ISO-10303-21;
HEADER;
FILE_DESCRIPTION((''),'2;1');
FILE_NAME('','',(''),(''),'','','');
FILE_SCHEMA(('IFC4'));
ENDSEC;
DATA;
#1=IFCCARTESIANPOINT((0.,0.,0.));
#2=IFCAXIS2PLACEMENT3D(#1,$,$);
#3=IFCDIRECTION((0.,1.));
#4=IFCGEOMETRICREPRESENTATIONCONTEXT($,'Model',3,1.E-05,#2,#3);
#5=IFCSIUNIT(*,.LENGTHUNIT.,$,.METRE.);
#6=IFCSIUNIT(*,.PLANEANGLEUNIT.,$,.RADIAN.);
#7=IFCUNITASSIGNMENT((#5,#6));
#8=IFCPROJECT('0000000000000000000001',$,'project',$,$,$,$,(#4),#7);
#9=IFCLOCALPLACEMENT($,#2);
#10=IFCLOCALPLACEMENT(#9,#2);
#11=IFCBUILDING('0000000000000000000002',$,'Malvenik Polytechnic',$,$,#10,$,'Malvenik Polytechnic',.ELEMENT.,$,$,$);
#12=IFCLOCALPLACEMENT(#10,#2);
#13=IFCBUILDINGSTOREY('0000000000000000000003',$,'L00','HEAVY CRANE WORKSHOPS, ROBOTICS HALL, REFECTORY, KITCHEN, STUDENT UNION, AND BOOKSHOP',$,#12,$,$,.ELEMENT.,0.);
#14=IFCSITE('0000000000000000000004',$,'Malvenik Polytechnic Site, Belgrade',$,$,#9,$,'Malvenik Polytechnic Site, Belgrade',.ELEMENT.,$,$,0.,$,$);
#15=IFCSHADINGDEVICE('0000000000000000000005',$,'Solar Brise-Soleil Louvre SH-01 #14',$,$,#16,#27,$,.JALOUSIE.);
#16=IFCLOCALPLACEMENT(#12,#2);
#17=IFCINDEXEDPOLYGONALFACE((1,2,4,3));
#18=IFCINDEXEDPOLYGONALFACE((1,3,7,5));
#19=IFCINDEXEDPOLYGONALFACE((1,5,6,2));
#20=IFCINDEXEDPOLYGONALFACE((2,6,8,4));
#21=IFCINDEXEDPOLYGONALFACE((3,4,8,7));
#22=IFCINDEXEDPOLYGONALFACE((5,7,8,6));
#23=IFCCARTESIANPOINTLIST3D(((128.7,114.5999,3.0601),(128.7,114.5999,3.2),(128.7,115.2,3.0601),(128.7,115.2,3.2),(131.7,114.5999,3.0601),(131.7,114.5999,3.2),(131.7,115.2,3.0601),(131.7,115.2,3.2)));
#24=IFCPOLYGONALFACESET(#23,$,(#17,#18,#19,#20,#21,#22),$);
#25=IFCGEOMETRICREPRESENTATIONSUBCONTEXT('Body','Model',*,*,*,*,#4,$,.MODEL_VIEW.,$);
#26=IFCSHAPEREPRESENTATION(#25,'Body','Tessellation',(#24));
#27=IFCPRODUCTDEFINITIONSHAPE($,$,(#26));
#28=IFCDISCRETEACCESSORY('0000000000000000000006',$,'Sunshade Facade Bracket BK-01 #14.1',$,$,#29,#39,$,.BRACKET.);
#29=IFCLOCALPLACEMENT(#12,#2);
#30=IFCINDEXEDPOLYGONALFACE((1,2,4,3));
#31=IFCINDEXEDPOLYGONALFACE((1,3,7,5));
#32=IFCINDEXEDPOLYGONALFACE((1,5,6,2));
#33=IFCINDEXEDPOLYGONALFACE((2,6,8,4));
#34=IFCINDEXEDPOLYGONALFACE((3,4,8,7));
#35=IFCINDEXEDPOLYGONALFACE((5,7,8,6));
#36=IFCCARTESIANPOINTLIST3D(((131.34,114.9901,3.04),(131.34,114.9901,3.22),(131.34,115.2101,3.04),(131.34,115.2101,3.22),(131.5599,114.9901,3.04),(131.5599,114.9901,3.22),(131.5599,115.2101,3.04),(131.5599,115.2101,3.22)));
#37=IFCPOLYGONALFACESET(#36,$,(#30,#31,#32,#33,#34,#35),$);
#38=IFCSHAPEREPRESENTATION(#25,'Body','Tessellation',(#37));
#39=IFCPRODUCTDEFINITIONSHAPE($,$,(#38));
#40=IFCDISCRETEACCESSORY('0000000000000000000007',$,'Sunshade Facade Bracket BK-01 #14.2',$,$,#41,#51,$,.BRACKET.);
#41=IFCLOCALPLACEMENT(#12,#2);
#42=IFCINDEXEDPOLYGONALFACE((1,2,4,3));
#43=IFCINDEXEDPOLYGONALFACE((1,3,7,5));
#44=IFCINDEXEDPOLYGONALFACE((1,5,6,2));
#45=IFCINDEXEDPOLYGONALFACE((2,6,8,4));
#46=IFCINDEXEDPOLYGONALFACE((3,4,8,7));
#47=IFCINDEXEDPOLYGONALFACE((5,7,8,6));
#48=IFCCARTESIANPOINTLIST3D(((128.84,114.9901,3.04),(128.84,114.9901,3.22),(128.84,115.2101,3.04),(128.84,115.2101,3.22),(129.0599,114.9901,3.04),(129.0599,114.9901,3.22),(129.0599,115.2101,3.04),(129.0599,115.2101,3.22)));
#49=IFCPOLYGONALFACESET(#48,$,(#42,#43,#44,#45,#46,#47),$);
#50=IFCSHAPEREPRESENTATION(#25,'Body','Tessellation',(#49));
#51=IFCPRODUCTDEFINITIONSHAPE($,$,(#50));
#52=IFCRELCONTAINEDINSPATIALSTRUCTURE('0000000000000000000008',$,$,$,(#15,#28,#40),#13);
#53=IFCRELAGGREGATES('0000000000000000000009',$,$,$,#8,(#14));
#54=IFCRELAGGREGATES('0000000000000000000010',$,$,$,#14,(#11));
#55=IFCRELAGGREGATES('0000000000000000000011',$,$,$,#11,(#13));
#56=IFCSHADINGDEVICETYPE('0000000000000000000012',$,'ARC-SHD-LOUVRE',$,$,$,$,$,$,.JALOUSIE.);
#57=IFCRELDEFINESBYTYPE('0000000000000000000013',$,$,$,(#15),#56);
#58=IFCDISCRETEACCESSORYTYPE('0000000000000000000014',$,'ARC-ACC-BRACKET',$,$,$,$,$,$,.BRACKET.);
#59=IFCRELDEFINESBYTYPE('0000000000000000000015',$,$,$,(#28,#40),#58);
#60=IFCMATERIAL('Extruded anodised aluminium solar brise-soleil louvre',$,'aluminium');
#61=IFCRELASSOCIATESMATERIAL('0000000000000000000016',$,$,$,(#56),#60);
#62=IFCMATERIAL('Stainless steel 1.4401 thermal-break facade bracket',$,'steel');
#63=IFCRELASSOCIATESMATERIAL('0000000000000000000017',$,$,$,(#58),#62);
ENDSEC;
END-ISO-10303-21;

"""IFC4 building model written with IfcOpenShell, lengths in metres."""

from ifc_helpers import new_model, si_unit, direction, frame, origin, origin_2d, place, context, subcontext, project, spatial, rectangle, extrude, material, type_object, element, save


model = new_model("IFC4")

# Units and contexts
model_context = context("Model", 3, precision=1e-05, world=origin(), true_north=direction((0.0, 1.0)))
body_context = subcontext(model_context, "Body", "Model", "MODEL_VIEW")
ifc_project = project(units=[si_unit("LENGTHUNIT", "METRE"), si_unit("PLANEANGLEUNIT", "RADIAN")], contexts=[model_context])

# Site, building, storey
site_placement = place(None, origin())
site = spatial("IfcSite", under=ifc_project, at=site_placement, Name="Malvenik Polytechnic Site, Belgrade", LongName="Malvenik Polytechnic Site, Belgrade", CompositionType="ELEMENT", RefElevation=0.0)
building_placement = place(site_placement, origin())
building = spatial("IfcBuilding", under=site, at=building_placement, Name="Malvenik Polytechnic", LongName="Malvenik Polytechnic", CompositionType="ELEMENT")
storey_placement = place(building_placement, origin())
storey = spatial("IfcBuildingStorey", under=building, at=storey_placement, Name="L00", Description="HEAVY CRANE WORKSHOPS, ROBOTICS HALL, REFECTORY, KITCHEN, STUDENT UNION, AND BOOKSHOP", CompositionType="ELEMENT", Elevation=0.0)

# Shading device
ifc_material_1 = material(Name="Extruded anodised aluminium solar brise-soleil louvre", Category="aluminium")
shading_device_type = type_object("IfcShadingDeviceType", Name="ARC-SHD-LOUVRE", PredefinedType="JALOUSIE", material=ifc_material_1)
shading_device_placement = place(storey_placement, frame((130.2, 114.8999, 3.0601), z_axis=(0.0, 0.0, 1.0), x_axis=(1.0, 0.0, 0.0)))
element("IfcShadingDevice", 1, at=shading_device_placement, inside=storey, type_object=shading_device_type, Name="Solar Brise-Soleil Louvre SH-01 #14", PredefinedType="JALOUSIE", context=body_context, shape_type="SweptSolid", body=[
    extrude(rectangle(XDim=3.0, YDim=0.6001, at=origin_2d()), origin(), (0.0, 0.0, 1.0), 0.1399),
])

# Discrete accessories
ifc_material_2 = material(Name="Stainless steel 1.4401 thermal-break facade bracket", Category="steel")
discrete_accessory_type = type_object("IfcDiscreteAccessoryType", Name="ARC-ACC-BRACKET", PredefinedType="BRACKET", material=ifc_material_2)
for number, where, z_axis, x_axis, name in (
    (2, (131.45, 115.1001, 3.04), (0.0, 0.0, 1.0), (1.0, 0.0, 0.0), "Sunshade Facade Bracket BK-01 #14.1"),
    (3, (128.95, 115.1001, 3.04), (0.0, 0.0, 1.0), (1.0, 0.0, 0.0), "Sunshade Facade Bracket BK-01 #14.2"),
):
    element("IfcDiscreteAccessory", number, at=place(storey_placement, frame(where, z_axis=z_axis, x_axis=x_axis)), inside=storey, type_object=discrete_accessory_type, Name=name, PredefinedType="BRACKET", context=body_context, shape_type="SweptSolid", body=[
        extrude(rectangle(XDim=0.22, YDim=0.22, at=origin_2d()), origin(), (0.0, 0.0, 1.0), 0.1799),
    ])

save(model, "model.ifc")
